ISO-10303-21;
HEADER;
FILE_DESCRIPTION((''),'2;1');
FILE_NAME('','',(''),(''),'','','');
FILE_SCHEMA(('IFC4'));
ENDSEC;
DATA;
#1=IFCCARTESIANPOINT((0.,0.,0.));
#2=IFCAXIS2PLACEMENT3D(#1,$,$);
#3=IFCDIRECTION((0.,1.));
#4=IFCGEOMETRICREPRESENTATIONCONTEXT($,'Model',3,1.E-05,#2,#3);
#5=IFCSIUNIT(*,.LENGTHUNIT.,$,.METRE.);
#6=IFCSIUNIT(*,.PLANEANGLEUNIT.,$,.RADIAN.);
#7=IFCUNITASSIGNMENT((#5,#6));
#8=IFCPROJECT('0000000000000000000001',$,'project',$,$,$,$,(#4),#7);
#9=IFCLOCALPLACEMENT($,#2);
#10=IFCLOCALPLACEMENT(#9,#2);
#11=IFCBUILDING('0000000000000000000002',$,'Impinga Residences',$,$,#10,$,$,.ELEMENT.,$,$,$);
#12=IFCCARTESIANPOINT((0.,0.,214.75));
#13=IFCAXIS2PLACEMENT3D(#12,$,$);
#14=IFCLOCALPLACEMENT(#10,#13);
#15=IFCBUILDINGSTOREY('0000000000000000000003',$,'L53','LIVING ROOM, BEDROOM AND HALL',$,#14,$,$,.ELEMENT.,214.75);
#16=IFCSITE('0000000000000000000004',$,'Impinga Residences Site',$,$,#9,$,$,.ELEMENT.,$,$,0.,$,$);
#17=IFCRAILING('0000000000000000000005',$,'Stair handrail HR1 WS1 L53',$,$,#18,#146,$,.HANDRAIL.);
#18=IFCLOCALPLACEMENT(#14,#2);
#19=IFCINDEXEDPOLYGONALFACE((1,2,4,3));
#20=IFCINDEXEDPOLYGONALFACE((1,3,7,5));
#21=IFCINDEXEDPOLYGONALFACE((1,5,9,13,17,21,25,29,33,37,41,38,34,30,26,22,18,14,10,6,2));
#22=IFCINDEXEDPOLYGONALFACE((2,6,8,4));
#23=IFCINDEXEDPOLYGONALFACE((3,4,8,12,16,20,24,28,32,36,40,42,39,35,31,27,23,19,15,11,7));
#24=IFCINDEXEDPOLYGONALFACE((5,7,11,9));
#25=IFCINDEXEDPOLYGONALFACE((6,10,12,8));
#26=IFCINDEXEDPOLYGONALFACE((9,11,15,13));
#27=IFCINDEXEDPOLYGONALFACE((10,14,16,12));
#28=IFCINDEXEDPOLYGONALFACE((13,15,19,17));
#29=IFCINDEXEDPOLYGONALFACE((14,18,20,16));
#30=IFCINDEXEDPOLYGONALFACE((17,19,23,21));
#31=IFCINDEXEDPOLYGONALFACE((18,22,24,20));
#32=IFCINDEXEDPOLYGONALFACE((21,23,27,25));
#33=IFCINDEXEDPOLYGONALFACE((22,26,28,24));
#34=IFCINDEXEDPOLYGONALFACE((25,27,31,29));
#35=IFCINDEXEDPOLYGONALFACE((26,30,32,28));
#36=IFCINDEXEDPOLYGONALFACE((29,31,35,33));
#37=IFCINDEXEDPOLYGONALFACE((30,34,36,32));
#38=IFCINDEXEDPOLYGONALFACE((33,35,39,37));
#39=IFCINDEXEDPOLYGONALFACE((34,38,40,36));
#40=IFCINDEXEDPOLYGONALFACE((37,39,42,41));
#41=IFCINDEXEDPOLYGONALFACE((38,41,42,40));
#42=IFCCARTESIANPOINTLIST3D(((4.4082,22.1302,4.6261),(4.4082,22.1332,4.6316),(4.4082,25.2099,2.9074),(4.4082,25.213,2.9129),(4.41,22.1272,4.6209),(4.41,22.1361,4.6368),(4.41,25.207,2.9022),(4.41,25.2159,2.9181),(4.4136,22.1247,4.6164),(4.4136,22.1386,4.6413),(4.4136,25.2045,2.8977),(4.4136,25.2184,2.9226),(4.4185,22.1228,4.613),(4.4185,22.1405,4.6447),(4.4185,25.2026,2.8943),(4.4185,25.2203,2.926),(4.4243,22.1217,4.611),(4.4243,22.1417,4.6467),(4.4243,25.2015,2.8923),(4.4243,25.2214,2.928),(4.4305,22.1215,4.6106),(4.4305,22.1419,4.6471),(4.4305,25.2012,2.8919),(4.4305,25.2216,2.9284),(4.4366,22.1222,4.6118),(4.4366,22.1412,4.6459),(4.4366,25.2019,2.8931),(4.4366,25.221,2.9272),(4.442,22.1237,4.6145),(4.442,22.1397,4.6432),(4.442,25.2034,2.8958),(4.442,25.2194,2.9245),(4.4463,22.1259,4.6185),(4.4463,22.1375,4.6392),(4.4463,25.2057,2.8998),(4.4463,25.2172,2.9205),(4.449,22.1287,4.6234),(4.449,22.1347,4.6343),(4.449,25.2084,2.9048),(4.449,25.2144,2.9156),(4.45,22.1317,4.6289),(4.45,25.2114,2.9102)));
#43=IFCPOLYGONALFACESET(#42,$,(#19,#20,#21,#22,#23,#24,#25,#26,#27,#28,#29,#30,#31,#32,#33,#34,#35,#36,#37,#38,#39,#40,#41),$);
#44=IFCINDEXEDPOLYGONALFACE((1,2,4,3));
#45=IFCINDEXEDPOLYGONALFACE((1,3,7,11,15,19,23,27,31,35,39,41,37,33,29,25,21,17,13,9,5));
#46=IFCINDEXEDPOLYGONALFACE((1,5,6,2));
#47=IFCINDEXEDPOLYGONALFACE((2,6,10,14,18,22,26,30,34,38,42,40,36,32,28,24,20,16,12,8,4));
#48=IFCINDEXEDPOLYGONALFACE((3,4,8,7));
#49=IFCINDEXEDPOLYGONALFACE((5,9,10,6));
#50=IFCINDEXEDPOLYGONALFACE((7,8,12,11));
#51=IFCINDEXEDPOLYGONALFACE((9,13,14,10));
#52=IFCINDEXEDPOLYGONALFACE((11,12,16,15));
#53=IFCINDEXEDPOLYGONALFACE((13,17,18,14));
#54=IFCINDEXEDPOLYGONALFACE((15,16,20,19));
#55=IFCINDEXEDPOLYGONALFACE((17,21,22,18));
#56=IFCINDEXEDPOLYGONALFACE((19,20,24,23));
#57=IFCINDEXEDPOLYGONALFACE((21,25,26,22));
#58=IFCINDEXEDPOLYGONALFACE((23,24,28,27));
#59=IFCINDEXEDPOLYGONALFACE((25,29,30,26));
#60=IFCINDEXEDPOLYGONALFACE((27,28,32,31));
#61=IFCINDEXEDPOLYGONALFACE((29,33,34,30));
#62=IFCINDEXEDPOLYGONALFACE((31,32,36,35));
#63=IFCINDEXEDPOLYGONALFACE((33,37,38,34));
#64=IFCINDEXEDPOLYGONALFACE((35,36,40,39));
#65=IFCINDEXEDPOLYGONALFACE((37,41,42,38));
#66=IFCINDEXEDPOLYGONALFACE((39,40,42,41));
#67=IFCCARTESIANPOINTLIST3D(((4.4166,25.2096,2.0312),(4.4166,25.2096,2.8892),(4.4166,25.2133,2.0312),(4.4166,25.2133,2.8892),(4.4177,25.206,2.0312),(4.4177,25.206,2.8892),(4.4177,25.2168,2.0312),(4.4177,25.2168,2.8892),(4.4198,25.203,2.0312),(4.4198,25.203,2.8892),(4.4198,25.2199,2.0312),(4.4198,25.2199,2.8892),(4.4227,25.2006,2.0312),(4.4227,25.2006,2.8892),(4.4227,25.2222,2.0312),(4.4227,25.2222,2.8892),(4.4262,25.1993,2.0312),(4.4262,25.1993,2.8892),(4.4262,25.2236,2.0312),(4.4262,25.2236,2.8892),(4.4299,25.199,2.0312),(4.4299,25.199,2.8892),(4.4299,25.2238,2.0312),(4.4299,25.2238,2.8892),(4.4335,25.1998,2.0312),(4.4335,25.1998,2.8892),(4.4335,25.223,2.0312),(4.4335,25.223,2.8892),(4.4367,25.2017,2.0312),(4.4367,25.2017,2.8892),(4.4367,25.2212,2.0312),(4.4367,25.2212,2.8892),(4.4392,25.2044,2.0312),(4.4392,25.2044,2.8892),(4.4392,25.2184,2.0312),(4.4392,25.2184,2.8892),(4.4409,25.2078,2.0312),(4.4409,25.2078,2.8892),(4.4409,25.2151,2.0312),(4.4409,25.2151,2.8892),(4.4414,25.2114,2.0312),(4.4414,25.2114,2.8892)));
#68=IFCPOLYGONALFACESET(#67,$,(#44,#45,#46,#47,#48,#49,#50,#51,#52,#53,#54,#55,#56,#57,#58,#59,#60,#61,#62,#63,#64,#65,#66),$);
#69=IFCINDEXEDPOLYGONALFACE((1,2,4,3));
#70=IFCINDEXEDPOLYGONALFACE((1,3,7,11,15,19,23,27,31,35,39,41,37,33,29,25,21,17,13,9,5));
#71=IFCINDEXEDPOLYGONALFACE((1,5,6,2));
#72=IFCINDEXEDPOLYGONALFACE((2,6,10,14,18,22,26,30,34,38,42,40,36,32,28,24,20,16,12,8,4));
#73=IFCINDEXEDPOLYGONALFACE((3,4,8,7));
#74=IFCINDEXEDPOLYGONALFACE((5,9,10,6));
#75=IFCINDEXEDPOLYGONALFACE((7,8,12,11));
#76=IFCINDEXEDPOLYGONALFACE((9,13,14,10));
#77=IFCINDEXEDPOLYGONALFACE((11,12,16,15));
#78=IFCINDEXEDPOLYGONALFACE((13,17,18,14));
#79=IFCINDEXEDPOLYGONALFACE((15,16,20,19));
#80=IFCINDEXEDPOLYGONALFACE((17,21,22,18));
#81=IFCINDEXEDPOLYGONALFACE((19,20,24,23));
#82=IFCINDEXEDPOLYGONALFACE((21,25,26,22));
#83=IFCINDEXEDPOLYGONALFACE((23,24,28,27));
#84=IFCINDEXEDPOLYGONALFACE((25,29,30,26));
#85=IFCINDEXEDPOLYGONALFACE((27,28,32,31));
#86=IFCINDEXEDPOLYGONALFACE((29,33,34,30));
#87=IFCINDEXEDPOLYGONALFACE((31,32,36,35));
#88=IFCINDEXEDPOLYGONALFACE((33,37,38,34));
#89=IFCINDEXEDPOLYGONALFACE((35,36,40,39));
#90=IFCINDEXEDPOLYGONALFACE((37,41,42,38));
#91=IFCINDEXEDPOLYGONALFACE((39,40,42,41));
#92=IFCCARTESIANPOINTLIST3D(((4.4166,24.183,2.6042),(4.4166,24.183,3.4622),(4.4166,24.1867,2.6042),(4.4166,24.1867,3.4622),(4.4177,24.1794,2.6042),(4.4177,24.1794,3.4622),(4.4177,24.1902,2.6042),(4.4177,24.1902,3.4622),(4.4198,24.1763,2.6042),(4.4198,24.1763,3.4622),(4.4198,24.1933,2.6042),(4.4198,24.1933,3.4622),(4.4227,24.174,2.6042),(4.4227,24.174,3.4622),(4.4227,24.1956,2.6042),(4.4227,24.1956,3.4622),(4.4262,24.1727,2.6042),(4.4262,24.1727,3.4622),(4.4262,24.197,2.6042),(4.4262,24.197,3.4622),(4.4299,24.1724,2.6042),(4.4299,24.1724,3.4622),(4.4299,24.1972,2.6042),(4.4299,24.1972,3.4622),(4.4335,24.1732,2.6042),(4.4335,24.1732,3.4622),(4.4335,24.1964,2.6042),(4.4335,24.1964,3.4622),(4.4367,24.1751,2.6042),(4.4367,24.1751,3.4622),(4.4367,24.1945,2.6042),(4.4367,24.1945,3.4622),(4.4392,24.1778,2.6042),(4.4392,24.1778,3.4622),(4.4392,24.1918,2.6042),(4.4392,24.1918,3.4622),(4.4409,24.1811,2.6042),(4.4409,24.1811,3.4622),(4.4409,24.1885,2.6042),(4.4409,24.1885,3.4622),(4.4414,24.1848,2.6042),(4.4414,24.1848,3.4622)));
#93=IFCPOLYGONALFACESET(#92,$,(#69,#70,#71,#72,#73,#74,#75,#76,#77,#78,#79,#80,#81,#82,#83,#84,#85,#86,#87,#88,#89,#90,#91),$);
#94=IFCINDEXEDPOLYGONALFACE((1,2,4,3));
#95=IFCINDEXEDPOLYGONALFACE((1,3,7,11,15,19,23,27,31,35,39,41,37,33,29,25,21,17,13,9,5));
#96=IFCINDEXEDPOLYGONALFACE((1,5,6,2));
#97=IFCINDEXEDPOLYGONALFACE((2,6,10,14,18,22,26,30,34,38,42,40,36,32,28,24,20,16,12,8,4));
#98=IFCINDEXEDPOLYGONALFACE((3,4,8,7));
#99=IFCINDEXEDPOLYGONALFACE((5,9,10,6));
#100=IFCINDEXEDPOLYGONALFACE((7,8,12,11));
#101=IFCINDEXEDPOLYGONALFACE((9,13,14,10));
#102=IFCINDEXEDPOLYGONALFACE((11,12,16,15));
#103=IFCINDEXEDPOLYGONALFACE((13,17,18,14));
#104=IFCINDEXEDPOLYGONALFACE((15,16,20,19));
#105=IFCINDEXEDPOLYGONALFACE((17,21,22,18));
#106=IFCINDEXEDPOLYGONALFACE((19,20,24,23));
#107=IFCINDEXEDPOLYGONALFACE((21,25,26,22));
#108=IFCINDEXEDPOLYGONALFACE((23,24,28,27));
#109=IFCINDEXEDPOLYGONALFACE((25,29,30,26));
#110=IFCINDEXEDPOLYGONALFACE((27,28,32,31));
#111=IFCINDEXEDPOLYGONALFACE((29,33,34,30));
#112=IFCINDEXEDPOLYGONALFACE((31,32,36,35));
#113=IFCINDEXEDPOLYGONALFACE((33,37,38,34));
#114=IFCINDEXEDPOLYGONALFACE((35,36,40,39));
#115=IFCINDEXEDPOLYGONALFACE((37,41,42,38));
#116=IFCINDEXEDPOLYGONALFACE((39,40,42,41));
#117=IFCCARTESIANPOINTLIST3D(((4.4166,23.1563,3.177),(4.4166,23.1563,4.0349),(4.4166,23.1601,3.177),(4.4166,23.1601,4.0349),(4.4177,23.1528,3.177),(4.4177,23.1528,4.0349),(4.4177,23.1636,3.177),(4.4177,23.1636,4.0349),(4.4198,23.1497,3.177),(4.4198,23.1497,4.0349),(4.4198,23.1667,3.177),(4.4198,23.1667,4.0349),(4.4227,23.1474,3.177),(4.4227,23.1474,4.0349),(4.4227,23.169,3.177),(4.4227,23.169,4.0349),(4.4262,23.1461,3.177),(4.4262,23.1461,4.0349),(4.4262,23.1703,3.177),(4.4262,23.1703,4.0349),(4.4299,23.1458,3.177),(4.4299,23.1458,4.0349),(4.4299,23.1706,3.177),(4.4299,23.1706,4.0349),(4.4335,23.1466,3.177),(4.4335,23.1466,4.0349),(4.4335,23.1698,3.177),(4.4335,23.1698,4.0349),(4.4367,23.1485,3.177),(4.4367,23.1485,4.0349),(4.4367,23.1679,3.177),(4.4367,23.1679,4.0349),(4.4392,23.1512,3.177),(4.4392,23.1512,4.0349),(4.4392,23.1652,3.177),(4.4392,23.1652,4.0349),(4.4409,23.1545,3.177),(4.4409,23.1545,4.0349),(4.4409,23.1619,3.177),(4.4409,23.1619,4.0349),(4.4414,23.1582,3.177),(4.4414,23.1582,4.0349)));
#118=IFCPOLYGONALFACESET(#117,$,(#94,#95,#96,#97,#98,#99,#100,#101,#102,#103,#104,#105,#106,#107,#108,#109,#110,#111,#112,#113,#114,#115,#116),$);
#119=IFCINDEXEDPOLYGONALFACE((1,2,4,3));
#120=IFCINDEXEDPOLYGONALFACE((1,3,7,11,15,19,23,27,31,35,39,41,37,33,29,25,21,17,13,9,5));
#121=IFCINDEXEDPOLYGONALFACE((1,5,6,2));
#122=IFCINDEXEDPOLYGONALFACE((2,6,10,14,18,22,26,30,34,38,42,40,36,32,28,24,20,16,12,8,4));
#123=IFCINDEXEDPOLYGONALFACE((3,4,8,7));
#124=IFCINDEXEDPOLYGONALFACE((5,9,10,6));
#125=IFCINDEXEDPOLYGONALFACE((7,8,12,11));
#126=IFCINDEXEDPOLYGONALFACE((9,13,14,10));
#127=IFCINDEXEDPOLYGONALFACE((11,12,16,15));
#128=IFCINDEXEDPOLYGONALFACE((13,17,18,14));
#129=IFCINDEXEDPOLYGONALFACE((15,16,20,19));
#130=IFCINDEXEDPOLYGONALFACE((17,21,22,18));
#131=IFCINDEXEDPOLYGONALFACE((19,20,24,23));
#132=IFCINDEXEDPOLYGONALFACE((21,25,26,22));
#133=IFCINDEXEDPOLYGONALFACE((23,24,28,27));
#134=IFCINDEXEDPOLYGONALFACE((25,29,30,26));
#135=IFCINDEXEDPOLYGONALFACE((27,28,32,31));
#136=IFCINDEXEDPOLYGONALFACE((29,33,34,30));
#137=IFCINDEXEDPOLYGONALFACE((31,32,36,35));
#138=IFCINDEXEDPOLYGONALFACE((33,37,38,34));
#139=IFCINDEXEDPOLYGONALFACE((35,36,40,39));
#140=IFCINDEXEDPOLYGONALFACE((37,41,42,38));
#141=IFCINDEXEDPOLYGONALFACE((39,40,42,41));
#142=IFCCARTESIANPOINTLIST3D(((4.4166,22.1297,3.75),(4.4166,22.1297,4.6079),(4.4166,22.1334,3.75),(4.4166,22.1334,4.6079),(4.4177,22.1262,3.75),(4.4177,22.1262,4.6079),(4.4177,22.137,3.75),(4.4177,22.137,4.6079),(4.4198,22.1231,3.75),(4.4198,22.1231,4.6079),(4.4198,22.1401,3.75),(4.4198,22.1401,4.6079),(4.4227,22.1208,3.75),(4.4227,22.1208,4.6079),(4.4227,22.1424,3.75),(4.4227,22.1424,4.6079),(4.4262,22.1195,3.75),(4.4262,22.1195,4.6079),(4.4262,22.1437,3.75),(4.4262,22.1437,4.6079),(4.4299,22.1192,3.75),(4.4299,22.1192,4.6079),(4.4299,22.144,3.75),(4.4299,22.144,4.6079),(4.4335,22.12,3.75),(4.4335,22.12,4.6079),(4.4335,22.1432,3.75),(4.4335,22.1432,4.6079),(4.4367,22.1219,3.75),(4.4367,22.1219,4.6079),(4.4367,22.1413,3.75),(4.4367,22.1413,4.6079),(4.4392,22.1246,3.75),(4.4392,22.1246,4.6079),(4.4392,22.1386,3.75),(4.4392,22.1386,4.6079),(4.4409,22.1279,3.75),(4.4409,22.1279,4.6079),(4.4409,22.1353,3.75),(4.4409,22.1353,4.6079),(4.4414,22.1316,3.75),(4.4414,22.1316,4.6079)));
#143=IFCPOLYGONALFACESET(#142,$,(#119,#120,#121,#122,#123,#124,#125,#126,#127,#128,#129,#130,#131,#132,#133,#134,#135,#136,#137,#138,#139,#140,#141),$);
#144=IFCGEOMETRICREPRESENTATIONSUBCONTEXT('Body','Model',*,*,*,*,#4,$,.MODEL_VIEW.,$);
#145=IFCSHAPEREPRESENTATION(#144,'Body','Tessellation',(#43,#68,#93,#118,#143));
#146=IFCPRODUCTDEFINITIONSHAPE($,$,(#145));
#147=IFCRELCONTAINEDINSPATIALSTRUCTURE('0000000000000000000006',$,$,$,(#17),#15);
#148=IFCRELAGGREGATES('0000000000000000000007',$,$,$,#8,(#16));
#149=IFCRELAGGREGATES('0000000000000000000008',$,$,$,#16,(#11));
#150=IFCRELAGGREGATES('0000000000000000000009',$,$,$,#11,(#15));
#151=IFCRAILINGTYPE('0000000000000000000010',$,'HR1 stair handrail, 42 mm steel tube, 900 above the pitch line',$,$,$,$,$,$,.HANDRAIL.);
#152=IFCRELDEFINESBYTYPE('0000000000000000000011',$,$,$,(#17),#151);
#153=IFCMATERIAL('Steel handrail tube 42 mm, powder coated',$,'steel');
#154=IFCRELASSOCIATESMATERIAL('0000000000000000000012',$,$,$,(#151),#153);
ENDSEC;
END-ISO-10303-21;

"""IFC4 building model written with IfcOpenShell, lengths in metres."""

from ifc_helpers import new_model, si_unit, direction, frame, origin, origin_2d, place, context, subcontext, project, spatial, circle, extrude, material, type_object, element, save


model = new_model("IFC4")

# Units and contexts
model_context = context("Model", 3, precision=1e-05, world=origin(), true_north=direction((0.0, 1.0)))
body_context = subcontext(model_context, "Body", "Model", "MODEL_VIEW")
ifc_project = project(units=[si_unit("LENGTHUNIT", "METRE"), si_unit("PLANEANGLEUNIT", "RADIAN")], contexts=[model_context])

# Site, building, storey
site_placement = place(None, origin())
site = spatial("IfcSite", under=ifc_project, at=site_placement, Name="Impinga Residences Site", CompositionType="ELEMENT", RefElevation=0.0)
building_placement = place(site_placement, origin())
building = spatial("IfcBuilding", under=site, at=building_placement, Name="Impinga Residences", CompositionType="ELEMENT")
storey_placement = place(building_placement, frame((0.0, 0.0, 214.75)))
storey = spatial("IfcBuildingStorey", under=building, at=storey_placement, Name="L53", Description="LIVING ROOM, BEDROOM AND HALL", CompositionType="ELEMENT", Elevation=214.75)

# Railing
ifc_material_1 = material(Name="Steel handrail tube 42 mm, powder coated", Category="steel")
railing_type_1 = type_object("IfcRailingType", Name="HR1 stair handrail, 42 mm steel tube, 900 above the pitch line", PredefinedType="HANDRAIL", material=ifc_material_1)
railing_1_placement = place(storey_placement, frame((4.429, 25.2114, 2.0312)))
element("IfcRailing", 1, at=railing_1_placement, inside=storey, type_object=railing_type_1, Name="Stair handrail HR1 WS1 L53", PredefinedType="HANDRAIL", context=body_context, shape_type="SweptSolid", body=[
    extrude(circle(Radius=0.021, at=origin_2d()), frame((0.0, 0.0, 0.8789), z_axis=(0.0, -0.873225, 0.487317), x_axis=(1.0, 0.0, 0.0)), (0.0, 0.0, 1.0), 3.5269),
    extrude(circle(Radius=0.0125, at=origin_2d()), origin(), (0.0, 0.0, 1.0), 0.8579),
    extrude(circle(Radius=0.0125, at=origin_2d()), frame((0.0, -1.0266, 0.573)), (0.0, 0.0, 1.0), 0.8579),
    extrude(circle(Radius=0.0125, at=origin_2d()), frame((0.0, -2.0532, 1.1458)), (0.0, 0.0, 1.0), 0.8579),
    extrude(circle(Radius=0.0125, at=origin_2d()), frame((0.0, -3.0798, 1.7188)), (0.0, 0.0, 1.0), 0.8579),
])

save(model, "model.ifc")
